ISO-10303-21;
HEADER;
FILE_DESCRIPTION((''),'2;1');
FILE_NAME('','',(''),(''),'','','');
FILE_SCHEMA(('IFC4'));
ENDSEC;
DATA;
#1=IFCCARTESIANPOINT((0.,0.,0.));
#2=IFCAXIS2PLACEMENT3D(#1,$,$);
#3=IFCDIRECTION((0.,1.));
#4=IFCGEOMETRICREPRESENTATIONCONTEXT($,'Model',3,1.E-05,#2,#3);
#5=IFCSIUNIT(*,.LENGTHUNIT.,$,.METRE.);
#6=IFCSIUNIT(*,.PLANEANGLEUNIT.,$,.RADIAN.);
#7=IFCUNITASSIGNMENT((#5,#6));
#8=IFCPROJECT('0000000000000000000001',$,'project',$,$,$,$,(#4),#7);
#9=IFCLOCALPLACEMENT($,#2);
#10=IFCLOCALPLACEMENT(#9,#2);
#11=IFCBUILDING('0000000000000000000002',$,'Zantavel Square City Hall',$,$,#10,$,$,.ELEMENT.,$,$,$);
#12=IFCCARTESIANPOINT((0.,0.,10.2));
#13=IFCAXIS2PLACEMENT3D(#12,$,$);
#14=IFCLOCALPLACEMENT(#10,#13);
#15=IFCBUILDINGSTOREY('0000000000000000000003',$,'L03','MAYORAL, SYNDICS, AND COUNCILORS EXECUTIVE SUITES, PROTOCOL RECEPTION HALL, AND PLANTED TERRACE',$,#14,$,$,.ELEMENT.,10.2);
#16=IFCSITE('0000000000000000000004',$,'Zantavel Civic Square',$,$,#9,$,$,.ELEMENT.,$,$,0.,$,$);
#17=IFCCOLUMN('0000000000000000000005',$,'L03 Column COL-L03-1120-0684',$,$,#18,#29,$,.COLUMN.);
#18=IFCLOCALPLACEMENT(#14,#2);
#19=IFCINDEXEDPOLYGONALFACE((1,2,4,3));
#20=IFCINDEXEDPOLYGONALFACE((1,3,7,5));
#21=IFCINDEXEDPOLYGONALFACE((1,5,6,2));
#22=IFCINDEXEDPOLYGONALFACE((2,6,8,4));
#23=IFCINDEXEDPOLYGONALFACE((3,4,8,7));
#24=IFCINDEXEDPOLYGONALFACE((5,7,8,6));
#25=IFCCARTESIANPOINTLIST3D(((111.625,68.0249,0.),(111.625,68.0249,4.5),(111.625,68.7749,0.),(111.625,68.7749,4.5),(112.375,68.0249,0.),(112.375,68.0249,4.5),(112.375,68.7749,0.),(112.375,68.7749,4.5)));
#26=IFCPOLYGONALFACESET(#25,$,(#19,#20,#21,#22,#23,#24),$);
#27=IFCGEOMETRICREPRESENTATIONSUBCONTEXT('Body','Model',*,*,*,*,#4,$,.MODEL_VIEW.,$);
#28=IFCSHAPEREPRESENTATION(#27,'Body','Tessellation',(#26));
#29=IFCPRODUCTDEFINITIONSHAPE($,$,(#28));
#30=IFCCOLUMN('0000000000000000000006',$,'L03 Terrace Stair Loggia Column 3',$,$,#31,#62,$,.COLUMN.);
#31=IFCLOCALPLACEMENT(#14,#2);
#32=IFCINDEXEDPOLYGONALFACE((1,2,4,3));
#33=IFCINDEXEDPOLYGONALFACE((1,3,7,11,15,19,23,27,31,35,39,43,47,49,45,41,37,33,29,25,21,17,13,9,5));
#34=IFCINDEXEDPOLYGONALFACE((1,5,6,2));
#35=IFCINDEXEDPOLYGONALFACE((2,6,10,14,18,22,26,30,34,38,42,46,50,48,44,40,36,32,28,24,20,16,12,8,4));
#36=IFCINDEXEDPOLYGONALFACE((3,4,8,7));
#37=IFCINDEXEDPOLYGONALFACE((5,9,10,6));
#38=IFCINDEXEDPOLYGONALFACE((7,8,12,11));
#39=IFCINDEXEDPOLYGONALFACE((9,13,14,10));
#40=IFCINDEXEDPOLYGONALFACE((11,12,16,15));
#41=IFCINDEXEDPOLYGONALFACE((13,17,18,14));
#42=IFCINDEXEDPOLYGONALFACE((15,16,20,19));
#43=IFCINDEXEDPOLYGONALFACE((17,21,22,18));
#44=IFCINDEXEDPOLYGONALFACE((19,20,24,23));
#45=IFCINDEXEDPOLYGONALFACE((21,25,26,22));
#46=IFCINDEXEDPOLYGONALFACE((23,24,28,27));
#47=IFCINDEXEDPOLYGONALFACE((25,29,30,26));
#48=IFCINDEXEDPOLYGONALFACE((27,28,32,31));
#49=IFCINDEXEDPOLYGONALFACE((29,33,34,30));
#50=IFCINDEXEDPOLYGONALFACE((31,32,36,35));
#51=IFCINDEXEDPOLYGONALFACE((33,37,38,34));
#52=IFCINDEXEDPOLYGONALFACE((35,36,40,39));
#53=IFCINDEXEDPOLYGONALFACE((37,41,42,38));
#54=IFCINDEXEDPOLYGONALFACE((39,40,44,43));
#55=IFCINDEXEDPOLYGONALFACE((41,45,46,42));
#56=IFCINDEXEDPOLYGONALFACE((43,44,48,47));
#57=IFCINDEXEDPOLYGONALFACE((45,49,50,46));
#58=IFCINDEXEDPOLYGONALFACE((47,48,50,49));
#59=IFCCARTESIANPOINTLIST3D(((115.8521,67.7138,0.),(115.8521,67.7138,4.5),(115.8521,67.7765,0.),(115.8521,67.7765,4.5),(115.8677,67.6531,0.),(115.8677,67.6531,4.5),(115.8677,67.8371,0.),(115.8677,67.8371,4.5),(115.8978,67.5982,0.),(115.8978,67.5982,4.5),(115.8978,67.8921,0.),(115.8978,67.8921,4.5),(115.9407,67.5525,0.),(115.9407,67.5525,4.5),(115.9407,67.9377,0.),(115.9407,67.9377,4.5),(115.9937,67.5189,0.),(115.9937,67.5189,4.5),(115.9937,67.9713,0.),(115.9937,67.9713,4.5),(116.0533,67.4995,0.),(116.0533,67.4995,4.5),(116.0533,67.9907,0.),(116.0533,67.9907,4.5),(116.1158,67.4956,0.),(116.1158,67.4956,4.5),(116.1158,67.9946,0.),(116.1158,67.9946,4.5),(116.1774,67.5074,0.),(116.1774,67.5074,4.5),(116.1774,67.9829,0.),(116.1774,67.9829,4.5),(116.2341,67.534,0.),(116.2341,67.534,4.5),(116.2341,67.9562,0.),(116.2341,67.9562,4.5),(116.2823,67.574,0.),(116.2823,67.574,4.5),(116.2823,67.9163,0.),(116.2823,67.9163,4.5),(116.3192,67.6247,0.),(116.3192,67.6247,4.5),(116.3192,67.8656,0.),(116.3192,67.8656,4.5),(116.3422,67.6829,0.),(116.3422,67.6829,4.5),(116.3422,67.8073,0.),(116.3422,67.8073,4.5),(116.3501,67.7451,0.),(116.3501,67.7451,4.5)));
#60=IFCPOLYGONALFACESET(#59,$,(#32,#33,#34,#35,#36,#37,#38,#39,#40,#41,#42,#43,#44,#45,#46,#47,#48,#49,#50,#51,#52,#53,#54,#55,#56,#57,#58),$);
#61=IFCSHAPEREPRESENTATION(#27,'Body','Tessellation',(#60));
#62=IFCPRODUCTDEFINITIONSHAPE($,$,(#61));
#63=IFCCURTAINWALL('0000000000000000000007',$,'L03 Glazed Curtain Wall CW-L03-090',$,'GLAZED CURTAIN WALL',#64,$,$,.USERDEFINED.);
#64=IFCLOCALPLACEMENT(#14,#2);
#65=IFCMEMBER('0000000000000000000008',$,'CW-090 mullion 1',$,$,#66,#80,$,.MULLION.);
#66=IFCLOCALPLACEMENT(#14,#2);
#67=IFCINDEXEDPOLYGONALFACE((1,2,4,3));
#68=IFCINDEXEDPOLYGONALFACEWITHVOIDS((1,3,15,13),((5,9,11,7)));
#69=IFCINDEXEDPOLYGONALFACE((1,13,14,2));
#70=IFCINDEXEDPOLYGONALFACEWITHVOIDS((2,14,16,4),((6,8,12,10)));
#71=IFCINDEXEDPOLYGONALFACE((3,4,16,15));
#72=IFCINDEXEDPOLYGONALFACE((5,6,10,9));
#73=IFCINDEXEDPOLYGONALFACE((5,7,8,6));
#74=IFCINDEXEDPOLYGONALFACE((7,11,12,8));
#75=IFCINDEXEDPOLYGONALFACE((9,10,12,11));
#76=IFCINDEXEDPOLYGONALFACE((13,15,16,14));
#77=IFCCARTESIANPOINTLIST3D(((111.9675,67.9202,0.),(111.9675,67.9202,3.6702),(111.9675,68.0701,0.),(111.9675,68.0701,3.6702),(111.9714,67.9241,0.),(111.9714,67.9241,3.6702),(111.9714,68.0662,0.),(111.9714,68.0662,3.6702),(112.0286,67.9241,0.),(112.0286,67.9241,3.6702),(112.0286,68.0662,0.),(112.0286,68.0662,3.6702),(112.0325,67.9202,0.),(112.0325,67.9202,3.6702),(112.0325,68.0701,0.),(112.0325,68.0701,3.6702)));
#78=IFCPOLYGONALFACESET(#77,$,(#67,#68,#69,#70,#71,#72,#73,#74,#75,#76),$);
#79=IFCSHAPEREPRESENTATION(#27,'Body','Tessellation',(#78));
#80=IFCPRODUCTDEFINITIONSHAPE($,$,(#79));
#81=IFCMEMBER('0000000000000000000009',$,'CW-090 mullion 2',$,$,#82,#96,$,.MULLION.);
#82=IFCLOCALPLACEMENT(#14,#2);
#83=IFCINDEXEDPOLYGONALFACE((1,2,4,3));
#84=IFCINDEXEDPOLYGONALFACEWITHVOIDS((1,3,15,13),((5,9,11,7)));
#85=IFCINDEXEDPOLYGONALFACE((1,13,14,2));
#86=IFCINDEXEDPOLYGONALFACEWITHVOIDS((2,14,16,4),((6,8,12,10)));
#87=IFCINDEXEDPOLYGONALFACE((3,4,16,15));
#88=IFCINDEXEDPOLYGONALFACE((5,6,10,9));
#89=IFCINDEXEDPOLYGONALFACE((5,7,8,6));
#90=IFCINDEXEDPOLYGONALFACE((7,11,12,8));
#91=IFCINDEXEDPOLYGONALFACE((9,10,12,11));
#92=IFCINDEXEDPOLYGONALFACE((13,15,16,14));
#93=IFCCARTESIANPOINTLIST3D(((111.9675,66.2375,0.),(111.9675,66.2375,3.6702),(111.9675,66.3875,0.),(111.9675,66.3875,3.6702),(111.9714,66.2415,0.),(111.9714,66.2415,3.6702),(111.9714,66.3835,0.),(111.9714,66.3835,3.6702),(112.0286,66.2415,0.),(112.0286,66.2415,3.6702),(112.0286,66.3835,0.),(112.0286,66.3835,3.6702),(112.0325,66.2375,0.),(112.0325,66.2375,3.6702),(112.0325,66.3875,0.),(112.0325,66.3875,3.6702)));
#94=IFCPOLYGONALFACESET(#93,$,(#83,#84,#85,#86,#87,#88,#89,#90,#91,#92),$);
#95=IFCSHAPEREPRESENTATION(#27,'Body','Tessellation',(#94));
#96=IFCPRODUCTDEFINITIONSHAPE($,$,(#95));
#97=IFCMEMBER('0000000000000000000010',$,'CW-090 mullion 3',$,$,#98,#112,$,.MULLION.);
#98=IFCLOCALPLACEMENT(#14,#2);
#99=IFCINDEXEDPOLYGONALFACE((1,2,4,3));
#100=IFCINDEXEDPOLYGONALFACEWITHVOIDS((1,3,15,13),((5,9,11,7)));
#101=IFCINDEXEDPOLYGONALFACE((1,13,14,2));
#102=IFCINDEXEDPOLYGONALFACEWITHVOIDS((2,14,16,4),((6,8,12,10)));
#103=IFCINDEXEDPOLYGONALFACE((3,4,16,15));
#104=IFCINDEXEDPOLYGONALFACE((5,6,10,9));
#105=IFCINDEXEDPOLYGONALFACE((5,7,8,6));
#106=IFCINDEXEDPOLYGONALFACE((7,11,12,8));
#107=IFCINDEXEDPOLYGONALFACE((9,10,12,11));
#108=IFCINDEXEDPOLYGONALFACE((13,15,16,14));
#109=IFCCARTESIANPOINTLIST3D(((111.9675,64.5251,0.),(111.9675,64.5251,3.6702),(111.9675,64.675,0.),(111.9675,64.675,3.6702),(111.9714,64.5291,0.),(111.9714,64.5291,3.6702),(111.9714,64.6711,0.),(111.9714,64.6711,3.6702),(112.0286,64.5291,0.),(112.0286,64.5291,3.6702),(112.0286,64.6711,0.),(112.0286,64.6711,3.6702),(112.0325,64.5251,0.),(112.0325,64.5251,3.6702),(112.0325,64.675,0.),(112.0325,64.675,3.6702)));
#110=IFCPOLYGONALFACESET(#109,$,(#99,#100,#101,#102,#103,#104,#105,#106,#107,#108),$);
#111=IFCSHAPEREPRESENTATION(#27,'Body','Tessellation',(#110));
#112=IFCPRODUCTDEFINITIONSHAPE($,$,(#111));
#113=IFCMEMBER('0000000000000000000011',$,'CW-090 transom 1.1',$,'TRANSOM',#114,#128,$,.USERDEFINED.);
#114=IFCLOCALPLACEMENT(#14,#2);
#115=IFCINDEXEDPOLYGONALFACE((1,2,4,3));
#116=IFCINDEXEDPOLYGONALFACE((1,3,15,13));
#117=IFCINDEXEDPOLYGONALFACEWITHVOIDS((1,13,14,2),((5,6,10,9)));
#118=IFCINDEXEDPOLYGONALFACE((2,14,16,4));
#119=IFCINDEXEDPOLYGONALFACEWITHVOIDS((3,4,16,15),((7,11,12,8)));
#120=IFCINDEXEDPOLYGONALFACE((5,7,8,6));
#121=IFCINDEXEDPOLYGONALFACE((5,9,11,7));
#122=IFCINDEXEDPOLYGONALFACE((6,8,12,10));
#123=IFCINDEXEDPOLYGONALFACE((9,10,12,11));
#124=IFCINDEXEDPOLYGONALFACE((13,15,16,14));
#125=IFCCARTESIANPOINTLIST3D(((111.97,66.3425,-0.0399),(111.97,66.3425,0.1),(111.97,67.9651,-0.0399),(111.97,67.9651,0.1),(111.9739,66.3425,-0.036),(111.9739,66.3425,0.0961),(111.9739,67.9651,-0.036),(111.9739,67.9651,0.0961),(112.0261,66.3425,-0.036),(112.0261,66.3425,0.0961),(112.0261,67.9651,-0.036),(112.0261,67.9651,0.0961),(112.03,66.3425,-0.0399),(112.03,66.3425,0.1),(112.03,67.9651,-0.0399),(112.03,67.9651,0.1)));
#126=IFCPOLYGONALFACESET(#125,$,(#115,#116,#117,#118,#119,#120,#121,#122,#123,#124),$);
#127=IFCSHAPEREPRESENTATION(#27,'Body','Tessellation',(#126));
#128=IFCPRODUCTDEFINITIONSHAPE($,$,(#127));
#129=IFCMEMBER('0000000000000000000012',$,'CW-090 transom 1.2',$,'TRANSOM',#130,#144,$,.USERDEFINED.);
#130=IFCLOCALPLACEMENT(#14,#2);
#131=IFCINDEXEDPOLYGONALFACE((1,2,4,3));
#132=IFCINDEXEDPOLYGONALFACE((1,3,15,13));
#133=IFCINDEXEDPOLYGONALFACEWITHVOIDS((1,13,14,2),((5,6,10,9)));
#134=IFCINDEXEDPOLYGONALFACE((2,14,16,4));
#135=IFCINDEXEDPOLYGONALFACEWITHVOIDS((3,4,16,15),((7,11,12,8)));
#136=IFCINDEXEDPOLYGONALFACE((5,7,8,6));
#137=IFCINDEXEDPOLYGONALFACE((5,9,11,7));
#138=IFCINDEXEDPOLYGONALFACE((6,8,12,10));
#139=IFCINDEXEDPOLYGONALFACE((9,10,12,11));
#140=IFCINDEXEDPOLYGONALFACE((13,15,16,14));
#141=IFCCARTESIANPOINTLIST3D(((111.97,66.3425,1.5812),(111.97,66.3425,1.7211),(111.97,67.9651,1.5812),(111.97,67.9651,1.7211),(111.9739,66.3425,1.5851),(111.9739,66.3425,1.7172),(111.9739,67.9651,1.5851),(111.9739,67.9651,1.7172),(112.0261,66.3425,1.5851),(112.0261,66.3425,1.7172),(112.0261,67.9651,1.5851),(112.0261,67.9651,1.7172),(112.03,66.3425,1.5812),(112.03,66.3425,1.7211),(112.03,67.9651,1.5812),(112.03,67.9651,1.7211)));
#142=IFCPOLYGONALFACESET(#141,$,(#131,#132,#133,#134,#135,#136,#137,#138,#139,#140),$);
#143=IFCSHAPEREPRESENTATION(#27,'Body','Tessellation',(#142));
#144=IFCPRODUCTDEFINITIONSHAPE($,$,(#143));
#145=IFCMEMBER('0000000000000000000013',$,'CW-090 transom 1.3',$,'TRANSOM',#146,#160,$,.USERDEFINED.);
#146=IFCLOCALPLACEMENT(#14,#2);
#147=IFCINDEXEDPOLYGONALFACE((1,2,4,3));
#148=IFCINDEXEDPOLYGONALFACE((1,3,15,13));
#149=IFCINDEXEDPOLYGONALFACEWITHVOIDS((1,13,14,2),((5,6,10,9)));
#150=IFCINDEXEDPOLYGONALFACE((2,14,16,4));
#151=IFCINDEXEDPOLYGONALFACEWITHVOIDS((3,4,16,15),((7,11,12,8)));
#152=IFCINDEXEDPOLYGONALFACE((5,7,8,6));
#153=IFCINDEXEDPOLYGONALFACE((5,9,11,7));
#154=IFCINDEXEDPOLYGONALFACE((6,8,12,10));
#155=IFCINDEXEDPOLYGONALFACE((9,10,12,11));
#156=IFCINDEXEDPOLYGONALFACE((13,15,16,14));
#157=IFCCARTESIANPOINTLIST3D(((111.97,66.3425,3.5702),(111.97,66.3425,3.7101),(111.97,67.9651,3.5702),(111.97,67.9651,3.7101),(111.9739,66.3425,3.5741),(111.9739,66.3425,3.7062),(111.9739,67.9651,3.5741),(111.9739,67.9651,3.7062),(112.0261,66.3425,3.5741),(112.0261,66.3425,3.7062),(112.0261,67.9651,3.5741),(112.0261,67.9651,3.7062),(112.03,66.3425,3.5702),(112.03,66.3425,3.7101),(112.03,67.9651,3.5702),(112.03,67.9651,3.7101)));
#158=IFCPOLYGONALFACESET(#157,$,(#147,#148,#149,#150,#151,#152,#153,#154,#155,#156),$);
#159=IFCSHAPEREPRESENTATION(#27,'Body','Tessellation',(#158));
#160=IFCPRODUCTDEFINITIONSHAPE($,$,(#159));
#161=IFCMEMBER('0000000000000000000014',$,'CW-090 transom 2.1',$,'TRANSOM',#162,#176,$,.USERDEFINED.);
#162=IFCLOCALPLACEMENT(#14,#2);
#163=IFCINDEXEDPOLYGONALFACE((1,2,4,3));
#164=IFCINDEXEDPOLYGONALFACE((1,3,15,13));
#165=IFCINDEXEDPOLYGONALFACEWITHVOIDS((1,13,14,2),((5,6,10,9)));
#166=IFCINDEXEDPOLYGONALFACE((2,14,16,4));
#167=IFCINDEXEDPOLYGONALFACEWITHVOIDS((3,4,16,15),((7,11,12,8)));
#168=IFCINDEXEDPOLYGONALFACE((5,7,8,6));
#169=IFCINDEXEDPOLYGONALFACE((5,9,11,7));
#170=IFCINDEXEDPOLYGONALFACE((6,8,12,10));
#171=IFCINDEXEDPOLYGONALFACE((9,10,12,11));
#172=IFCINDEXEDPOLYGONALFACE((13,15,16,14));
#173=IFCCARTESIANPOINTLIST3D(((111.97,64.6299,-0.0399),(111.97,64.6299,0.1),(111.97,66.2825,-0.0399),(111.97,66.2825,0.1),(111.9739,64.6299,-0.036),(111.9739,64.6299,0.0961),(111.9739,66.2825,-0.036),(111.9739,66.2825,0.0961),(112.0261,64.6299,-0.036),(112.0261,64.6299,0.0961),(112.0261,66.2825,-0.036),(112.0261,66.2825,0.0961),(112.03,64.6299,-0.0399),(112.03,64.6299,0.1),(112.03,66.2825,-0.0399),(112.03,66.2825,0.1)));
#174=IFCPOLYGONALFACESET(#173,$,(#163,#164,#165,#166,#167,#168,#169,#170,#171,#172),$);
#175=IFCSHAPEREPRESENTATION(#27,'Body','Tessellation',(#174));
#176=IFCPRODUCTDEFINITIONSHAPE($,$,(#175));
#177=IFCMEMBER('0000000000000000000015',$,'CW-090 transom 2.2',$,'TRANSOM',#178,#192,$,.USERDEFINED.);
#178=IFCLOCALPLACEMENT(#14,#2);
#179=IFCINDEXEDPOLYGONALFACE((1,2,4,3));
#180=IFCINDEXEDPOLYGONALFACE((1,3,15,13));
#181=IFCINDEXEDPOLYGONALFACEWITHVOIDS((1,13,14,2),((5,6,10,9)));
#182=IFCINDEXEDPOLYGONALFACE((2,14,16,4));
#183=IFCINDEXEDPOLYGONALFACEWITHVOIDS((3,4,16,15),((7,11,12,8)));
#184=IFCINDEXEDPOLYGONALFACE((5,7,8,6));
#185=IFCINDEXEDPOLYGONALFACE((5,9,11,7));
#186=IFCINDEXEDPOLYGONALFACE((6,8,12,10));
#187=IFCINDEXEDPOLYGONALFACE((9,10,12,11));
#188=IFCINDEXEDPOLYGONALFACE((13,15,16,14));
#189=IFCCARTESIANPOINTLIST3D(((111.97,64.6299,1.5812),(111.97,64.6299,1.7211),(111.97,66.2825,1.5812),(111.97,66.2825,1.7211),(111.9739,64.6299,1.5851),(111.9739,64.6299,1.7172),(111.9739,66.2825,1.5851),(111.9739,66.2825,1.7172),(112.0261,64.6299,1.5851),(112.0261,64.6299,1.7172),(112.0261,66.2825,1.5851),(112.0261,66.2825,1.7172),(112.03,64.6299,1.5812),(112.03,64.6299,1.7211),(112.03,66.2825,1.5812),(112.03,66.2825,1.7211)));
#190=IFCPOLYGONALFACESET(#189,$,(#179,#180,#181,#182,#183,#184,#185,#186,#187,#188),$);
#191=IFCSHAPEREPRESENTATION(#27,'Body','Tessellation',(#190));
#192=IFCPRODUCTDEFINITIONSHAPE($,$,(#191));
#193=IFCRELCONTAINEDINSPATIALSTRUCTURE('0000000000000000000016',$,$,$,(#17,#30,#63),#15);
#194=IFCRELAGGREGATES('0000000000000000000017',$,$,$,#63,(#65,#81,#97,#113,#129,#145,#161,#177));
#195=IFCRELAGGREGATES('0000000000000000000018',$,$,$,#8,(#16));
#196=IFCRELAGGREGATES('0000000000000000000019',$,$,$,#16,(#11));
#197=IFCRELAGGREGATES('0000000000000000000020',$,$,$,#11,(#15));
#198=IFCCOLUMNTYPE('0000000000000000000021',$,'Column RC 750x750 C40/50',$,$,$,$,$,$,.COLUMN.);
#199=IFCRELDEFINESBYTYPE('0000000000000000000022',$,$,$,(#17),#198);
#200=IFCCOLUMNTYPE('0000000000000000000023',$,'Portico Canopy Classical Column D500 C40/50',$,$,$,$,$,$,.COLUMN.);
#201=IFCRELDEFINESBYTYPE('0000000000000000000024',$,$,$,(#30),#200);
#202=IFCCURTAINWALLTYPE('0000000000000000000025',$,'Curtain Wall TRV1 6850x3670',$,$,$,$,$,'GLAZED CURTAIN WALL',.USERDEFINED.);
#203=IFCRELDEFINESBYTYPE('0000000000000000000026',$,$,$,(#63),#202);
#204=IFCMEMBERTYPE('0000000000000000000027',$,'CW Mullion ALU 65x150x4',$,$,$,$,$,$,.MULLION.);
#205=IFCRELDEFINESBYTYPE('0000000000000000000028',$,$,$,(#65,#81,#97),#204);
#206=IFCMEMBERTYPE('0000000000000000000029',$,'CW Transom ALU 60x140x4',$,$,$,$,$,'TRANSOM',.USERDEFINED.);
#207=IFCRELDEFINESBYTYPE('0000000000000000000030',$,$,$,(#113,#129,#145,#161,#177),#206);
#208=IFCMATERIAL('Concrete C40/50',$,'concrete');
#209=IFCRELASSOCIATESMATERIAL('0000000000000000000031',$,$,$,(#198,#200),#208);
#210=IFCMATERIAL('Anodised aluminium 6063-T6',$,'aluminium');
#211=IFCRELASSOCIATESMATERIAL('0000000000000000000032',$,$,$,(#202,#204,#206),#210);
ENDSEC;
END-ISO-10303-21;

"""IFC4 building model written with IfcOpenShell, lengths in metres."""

from ifc_helpers import new_model, si_unit, direction, frame, origin, origin_2d, place, context, subcontext, project, spatial, rectangle, hollow_rectangle, circle, extrude, material, material_profile, profile_set, type_object, element, aggregate, save


model = new_model("IFC4")

# Units and contexts
model_context = context("Model", 3, precision=1e-05, world=origin(), true_north=direction((0.0, 1.0)))
body_context = subcontext(model_context, "Body", "Model", "MODEL_VIEW")
ifc_project = project(units=[si_unit("LENGTHUNIT", "METRE"), si_unit("PLANEANGLEUNIT", "RADIAN")], contexts=[model_context])

# Site, building, storey
site_placement = place(None, origin())
site = spatial("IfcSite", under=ifc_project, at=site_placement, Name="Zantavel Civic Square", CompositionType="ELEMENT", RefElevation=0.0)
building_placement = place(site_placement, origin())
building = spatial("IfcBuilding", under=site, at=building_placement, Name="Zantavel Square City Hall", CompositionType="ELEMENT")
storey_placement = place(building_placement, frame((0.0, 0.0, 10.2)))
storey = spatial("IfcBuildingStorey", under=building, at=storey_placement, Name="L03", Description="MAYORAL, SYNDICS, AND COUNCILORS EXECUTIVE SUITES, PROTOCOL RECEPTION HALL, AND PLANTED TERRACE", CompositionType="ELEMENT", Elevation=10.2)

# Columns
ifc_material_1 = material(Name="Concrete C40/50", Category="concrete")
ifc_material_profile_1 = material_profile(ifc_material_1, rectangle(XDim=0.75, YDim=0.75, at=origin_2d()), Name="RC 750x750")
ifc_profile_set_1 = profile_set([ifc_material_profile_1], Name="Concrete C40/50")
column_type_1 = type_object("IfcColumnType", Name="Column RC 750x750 C40/50", PredefinedType="COLUMN", material=ifc_profile_set_1)
column_1_placement = place(storey_placement, frame((112.0, 68.3999, 0.0), z_axis=(0.0, 0.0, 1.0), x_axis=(1.0, 0.0, 0.0)))
element("IfcColumn", 1, at=column_1_placement, inside=storey, type_object=column_type_1, Name="L03 Column COL-L03-1120-0684", PredefinedType="COLUMN", context=body_context, shape_type="SweptSolid", body=[
    extrude(rectangle(XDim=0.75, YDim=0.75, at=origin_2d()), origin(), (0.0, 0.0, 1.0), 4.5),
])
ifc_material_profile_2 = material_profile(ifc_material_1, circle(Radius=0.25, at=origin_2d()), Name="ROUND D500")
ifc_profile_set_2 = profile_set([ifc_material_profile_2], Name="Concrete C40/50")
column_type_2 = type_object("IfcColumnType", Name="Portico Canopy Classical Column D500 C40/50", PredefinedType="COLUMN", material=ifc_profile_set_2)
column_2_placement = place(storey_placement, frame((116.1001, 67.7451, 0.0), z_axis=(0.0, 0.0, 1.0), x_axis=(1.0, 0.0, 0.0)))
element("IfcColumn", 2, at=column_2_placement, inside=storey, type_object=column_type_2, Name="L03 Terrace Stair Loggia Column 3", PredefinedType="COLUMN", context=body_context, shape_type="SweptSolid", body=[
    extrude(circle(Radius=0.25, at=origin_2d()), origin(), (0.0, 0.0, 1.0), 4.5),
])

# Curtain wall, members
ifc_material_2 = material(Name="Anodised aluminium 6063-T6", Category="aluminium")
curtain_wall_type = type_object("IfcCurtainWallType", Name="Curtain Wall TRV1 6850x3670", ElementType="GLAZED CURTAIN WALL", PredefinedType="USERDEFINED", material=ifc_material_2)
curtain_wall_placement = place(storey_placement, origin())
curtain_wall = element("IfcCurtainWall", 3, at=curtain_wall_placement, inside=storey, type_object=curtain_wall_type, Name="L03 Glazed Curtain Wall CW-L03-090", ObjectType="GLAZED CURTAIN WALL", PredefinedType="USERDEFINED")
ifc_material_profile_3 = material_profile(ifc_material_2, hollow_rectangle(XDim=0.0649, YDim=0.1499, WallThickness=0.0039, at=origin_2d()), Name="ALU 65x150x4")
ifc_profile_set_3 = profile_set([ifc_material_profile_3], Name="Anodised aluminium 6063-T6")
member_type_1 = type_object("IfcMemberType", Name="CW Mullion ALU 65x150x4", PredefinedType="MULLION", material=ifc_profile_set_3)
member_1_placement = place(storey_placement, frame((112.0, 67.9951, 0.0), z_axis=(0.0, 0.0, 1.0), x_axis=(1.0, 0.0, 0.0)))
member_1 = element("IfcMember", 4, at=member_1_placement, type_object=member_type_1, Name="CW-090 mullion 1", PredefinedType="MULLION", context=body_context, shape_type="SweptSolid", body=[
    extrude(hollow_rectangle(XDim=0.0649, YDim=0.1499, WallThickness=0.0039, at=origin_2d()), origin(), (0.0, 0.0, 1.0), 3.6702),
])
member_2_placement = place(storey_placement, frame((112.0, 66.3125, 0.0), z_axis=(0.0, 0.0, 1.0), x_axis=(1.0, 0.0, 0.0)))
member_2 = element("IfcMember", 5, at=member_2_placement, type_object=member_type_1, Name="CW-090 mullion 2", PredefinedType="MULLION", context=body_context, shape_type="SweptSolid", body=[
    extrude(hollow_rectangle(XDim=0.0649, YDim=0.1499, WallThickness=0.0039, at=origin_2d()), origin(), (0.0, 0.0, 1.0), 3.6702),
])
member_3_placement = place(storey_placement, frame((112.0, 64.6001, 0.0), z_axis=(0.0, 0.0, 1.0), x_axis=(1.0, 0.0, 0.0)))
member_3 = element("IfcMember", 6, at=member_3_placement, type_object=member_type_1, Name="CW-090 mullion 3", PredefinedType="MULLION", context=body_context, shape_type="SweptSolid", body=[
    extrude(hollow_rectangle(XDim=0.0649, YDim=0.1499, WallThickness=0.0039, at=origin_2d()), origin(), (0.0, 0.0, 1.0), 3.6702),
])
ifc_material_profile_4 = material_profile(ifc_material_2, hollow_rectangle(XDim=0.0601, YDim=0.1399, WallThickness=0.0039, at=origin_2d()), Name="ALU 60x140x4")
ifc_profile_set_4 = profile_set([ifc_material_profile_4], Name="Anodised aluminium 6063-T6")
member_type_2 = type_object("IfcMemberType", Name="CW Transom ALU 60x140x4", ElementType="TRANSOM", PredefinedType="USERDEFINED", material=ifc_profile_set_4)
member_4_placement = place(storey_placement, frame((112.0, 67.9651, 0.03), z_axis=(0.0, -1.0, 0.0), x_axis=(1.0, 0.0, 0.0)))
member_4 = element("IfcMember", 7, at=member_4_placement, type_object=member_type_2, Name="CW-090 transom 1.1", ObjectType="TRANSOM", PredefinedType="USERDEFINED", context=body_context, shape_type="SweptSolid", body=[
    extrude(hollow_rectangle(XDim=0.0601, YDim=0.1399, WallThickness=0.0039, at=origin_2d()), origin(), (0.0, 0.0, 1.0), 1.6226),
])
member_5_placement = place(storey_placement, frame((112.0, 67.9651, 1.6511), z_axis=(0.0, -1.0, 0.0), x_axis=(1.0, 0.0, 0.0)))
member_5 = element("IfcMember", 8, at=member_5_placement, type_object=member_type_2, Name="CW-090 transom 1.2", ObjectType="TRANSOM", PredefinedType="USERDEFINED", context=body_context, shape_type="SweptSolid", body=[
    extrude(hollow_rectangle(XDim=0.0601, YDim=0.1399, WallThickness=0.0039, at=origin_2d()), origin(), (0.0, 0.0, 1.0), 1.6226),
])
member_6_placement = place(storey_placement, frame((112.0, 67.9651, 3.6401), z_axis=(0.0, -1.0, 0.0), x_axis=(1.0, 0.0, 0.0)))
member_6 = element("IfcMember", 9, at=member_6_placement, type_object=member_type_2, Name="CW-090 transom 1.3", ObjectType="TRANSOM", PredefinedType="USERDEFINED", context=body_context, shape_type="SweptSolid", body=[
    extrude(hollow_rectangle(XDim=0.0601, YDim=0.1399, WallThickness=0.0039, at=origin_2d()), origin(), (0.0, 0.0, 1.0), 1.6226),
])
member_7_placement = place(storey_placement, frame((112.0, 66.2825, 0.03), z_axis=(0.0, -1.0, 0.0), x_axis=(1.0, 0.0, 0.0)))
member_7 = element("IfcMember", 10, at=member_7_placement, type_object=member_type_2, Name="CW-090 transom 2.1", ObjectType="TRANSOM", PredefinedType="USERDEFINED", context=body_context, shape_type="SweptSolid", body=[
    extrude(hollow_rectangle(XDim=0.0601, YDim=0.1399, WallThickness=0.0039, at=origin_2d()), origin(), (0.0, 0.0, 1.0), 1.6526),
])
member_8_placement = place(storey_placement, frame((112.0, 66.2825, 1.6511), z_axis=(0.0, -1.0, 0.0), x_axis=(1.0, 0.0, 0.0)))
member_8 = element("IfcMember", 11, at=member_8_placement, type_object=member_type_2, Name="CW-090 transom 2.2", ObjectType="TRANSOM", PredefinedType="USERDEFINED", context=body_context, shape_type="SweptSolid", body=[
    extrude(hollow_rectangle(XDim=0.0601, YDim=0.1399, WallThickness=0.0039, at=origin_2d()), origin(), (0.0, 0.0, 1.0), 1.6526),
])

aggregate(curtain_wall, [member_1, member_2, member_3, member_4, member_5, member_6, member_7, member_8])

save(model, "model.ifc")
